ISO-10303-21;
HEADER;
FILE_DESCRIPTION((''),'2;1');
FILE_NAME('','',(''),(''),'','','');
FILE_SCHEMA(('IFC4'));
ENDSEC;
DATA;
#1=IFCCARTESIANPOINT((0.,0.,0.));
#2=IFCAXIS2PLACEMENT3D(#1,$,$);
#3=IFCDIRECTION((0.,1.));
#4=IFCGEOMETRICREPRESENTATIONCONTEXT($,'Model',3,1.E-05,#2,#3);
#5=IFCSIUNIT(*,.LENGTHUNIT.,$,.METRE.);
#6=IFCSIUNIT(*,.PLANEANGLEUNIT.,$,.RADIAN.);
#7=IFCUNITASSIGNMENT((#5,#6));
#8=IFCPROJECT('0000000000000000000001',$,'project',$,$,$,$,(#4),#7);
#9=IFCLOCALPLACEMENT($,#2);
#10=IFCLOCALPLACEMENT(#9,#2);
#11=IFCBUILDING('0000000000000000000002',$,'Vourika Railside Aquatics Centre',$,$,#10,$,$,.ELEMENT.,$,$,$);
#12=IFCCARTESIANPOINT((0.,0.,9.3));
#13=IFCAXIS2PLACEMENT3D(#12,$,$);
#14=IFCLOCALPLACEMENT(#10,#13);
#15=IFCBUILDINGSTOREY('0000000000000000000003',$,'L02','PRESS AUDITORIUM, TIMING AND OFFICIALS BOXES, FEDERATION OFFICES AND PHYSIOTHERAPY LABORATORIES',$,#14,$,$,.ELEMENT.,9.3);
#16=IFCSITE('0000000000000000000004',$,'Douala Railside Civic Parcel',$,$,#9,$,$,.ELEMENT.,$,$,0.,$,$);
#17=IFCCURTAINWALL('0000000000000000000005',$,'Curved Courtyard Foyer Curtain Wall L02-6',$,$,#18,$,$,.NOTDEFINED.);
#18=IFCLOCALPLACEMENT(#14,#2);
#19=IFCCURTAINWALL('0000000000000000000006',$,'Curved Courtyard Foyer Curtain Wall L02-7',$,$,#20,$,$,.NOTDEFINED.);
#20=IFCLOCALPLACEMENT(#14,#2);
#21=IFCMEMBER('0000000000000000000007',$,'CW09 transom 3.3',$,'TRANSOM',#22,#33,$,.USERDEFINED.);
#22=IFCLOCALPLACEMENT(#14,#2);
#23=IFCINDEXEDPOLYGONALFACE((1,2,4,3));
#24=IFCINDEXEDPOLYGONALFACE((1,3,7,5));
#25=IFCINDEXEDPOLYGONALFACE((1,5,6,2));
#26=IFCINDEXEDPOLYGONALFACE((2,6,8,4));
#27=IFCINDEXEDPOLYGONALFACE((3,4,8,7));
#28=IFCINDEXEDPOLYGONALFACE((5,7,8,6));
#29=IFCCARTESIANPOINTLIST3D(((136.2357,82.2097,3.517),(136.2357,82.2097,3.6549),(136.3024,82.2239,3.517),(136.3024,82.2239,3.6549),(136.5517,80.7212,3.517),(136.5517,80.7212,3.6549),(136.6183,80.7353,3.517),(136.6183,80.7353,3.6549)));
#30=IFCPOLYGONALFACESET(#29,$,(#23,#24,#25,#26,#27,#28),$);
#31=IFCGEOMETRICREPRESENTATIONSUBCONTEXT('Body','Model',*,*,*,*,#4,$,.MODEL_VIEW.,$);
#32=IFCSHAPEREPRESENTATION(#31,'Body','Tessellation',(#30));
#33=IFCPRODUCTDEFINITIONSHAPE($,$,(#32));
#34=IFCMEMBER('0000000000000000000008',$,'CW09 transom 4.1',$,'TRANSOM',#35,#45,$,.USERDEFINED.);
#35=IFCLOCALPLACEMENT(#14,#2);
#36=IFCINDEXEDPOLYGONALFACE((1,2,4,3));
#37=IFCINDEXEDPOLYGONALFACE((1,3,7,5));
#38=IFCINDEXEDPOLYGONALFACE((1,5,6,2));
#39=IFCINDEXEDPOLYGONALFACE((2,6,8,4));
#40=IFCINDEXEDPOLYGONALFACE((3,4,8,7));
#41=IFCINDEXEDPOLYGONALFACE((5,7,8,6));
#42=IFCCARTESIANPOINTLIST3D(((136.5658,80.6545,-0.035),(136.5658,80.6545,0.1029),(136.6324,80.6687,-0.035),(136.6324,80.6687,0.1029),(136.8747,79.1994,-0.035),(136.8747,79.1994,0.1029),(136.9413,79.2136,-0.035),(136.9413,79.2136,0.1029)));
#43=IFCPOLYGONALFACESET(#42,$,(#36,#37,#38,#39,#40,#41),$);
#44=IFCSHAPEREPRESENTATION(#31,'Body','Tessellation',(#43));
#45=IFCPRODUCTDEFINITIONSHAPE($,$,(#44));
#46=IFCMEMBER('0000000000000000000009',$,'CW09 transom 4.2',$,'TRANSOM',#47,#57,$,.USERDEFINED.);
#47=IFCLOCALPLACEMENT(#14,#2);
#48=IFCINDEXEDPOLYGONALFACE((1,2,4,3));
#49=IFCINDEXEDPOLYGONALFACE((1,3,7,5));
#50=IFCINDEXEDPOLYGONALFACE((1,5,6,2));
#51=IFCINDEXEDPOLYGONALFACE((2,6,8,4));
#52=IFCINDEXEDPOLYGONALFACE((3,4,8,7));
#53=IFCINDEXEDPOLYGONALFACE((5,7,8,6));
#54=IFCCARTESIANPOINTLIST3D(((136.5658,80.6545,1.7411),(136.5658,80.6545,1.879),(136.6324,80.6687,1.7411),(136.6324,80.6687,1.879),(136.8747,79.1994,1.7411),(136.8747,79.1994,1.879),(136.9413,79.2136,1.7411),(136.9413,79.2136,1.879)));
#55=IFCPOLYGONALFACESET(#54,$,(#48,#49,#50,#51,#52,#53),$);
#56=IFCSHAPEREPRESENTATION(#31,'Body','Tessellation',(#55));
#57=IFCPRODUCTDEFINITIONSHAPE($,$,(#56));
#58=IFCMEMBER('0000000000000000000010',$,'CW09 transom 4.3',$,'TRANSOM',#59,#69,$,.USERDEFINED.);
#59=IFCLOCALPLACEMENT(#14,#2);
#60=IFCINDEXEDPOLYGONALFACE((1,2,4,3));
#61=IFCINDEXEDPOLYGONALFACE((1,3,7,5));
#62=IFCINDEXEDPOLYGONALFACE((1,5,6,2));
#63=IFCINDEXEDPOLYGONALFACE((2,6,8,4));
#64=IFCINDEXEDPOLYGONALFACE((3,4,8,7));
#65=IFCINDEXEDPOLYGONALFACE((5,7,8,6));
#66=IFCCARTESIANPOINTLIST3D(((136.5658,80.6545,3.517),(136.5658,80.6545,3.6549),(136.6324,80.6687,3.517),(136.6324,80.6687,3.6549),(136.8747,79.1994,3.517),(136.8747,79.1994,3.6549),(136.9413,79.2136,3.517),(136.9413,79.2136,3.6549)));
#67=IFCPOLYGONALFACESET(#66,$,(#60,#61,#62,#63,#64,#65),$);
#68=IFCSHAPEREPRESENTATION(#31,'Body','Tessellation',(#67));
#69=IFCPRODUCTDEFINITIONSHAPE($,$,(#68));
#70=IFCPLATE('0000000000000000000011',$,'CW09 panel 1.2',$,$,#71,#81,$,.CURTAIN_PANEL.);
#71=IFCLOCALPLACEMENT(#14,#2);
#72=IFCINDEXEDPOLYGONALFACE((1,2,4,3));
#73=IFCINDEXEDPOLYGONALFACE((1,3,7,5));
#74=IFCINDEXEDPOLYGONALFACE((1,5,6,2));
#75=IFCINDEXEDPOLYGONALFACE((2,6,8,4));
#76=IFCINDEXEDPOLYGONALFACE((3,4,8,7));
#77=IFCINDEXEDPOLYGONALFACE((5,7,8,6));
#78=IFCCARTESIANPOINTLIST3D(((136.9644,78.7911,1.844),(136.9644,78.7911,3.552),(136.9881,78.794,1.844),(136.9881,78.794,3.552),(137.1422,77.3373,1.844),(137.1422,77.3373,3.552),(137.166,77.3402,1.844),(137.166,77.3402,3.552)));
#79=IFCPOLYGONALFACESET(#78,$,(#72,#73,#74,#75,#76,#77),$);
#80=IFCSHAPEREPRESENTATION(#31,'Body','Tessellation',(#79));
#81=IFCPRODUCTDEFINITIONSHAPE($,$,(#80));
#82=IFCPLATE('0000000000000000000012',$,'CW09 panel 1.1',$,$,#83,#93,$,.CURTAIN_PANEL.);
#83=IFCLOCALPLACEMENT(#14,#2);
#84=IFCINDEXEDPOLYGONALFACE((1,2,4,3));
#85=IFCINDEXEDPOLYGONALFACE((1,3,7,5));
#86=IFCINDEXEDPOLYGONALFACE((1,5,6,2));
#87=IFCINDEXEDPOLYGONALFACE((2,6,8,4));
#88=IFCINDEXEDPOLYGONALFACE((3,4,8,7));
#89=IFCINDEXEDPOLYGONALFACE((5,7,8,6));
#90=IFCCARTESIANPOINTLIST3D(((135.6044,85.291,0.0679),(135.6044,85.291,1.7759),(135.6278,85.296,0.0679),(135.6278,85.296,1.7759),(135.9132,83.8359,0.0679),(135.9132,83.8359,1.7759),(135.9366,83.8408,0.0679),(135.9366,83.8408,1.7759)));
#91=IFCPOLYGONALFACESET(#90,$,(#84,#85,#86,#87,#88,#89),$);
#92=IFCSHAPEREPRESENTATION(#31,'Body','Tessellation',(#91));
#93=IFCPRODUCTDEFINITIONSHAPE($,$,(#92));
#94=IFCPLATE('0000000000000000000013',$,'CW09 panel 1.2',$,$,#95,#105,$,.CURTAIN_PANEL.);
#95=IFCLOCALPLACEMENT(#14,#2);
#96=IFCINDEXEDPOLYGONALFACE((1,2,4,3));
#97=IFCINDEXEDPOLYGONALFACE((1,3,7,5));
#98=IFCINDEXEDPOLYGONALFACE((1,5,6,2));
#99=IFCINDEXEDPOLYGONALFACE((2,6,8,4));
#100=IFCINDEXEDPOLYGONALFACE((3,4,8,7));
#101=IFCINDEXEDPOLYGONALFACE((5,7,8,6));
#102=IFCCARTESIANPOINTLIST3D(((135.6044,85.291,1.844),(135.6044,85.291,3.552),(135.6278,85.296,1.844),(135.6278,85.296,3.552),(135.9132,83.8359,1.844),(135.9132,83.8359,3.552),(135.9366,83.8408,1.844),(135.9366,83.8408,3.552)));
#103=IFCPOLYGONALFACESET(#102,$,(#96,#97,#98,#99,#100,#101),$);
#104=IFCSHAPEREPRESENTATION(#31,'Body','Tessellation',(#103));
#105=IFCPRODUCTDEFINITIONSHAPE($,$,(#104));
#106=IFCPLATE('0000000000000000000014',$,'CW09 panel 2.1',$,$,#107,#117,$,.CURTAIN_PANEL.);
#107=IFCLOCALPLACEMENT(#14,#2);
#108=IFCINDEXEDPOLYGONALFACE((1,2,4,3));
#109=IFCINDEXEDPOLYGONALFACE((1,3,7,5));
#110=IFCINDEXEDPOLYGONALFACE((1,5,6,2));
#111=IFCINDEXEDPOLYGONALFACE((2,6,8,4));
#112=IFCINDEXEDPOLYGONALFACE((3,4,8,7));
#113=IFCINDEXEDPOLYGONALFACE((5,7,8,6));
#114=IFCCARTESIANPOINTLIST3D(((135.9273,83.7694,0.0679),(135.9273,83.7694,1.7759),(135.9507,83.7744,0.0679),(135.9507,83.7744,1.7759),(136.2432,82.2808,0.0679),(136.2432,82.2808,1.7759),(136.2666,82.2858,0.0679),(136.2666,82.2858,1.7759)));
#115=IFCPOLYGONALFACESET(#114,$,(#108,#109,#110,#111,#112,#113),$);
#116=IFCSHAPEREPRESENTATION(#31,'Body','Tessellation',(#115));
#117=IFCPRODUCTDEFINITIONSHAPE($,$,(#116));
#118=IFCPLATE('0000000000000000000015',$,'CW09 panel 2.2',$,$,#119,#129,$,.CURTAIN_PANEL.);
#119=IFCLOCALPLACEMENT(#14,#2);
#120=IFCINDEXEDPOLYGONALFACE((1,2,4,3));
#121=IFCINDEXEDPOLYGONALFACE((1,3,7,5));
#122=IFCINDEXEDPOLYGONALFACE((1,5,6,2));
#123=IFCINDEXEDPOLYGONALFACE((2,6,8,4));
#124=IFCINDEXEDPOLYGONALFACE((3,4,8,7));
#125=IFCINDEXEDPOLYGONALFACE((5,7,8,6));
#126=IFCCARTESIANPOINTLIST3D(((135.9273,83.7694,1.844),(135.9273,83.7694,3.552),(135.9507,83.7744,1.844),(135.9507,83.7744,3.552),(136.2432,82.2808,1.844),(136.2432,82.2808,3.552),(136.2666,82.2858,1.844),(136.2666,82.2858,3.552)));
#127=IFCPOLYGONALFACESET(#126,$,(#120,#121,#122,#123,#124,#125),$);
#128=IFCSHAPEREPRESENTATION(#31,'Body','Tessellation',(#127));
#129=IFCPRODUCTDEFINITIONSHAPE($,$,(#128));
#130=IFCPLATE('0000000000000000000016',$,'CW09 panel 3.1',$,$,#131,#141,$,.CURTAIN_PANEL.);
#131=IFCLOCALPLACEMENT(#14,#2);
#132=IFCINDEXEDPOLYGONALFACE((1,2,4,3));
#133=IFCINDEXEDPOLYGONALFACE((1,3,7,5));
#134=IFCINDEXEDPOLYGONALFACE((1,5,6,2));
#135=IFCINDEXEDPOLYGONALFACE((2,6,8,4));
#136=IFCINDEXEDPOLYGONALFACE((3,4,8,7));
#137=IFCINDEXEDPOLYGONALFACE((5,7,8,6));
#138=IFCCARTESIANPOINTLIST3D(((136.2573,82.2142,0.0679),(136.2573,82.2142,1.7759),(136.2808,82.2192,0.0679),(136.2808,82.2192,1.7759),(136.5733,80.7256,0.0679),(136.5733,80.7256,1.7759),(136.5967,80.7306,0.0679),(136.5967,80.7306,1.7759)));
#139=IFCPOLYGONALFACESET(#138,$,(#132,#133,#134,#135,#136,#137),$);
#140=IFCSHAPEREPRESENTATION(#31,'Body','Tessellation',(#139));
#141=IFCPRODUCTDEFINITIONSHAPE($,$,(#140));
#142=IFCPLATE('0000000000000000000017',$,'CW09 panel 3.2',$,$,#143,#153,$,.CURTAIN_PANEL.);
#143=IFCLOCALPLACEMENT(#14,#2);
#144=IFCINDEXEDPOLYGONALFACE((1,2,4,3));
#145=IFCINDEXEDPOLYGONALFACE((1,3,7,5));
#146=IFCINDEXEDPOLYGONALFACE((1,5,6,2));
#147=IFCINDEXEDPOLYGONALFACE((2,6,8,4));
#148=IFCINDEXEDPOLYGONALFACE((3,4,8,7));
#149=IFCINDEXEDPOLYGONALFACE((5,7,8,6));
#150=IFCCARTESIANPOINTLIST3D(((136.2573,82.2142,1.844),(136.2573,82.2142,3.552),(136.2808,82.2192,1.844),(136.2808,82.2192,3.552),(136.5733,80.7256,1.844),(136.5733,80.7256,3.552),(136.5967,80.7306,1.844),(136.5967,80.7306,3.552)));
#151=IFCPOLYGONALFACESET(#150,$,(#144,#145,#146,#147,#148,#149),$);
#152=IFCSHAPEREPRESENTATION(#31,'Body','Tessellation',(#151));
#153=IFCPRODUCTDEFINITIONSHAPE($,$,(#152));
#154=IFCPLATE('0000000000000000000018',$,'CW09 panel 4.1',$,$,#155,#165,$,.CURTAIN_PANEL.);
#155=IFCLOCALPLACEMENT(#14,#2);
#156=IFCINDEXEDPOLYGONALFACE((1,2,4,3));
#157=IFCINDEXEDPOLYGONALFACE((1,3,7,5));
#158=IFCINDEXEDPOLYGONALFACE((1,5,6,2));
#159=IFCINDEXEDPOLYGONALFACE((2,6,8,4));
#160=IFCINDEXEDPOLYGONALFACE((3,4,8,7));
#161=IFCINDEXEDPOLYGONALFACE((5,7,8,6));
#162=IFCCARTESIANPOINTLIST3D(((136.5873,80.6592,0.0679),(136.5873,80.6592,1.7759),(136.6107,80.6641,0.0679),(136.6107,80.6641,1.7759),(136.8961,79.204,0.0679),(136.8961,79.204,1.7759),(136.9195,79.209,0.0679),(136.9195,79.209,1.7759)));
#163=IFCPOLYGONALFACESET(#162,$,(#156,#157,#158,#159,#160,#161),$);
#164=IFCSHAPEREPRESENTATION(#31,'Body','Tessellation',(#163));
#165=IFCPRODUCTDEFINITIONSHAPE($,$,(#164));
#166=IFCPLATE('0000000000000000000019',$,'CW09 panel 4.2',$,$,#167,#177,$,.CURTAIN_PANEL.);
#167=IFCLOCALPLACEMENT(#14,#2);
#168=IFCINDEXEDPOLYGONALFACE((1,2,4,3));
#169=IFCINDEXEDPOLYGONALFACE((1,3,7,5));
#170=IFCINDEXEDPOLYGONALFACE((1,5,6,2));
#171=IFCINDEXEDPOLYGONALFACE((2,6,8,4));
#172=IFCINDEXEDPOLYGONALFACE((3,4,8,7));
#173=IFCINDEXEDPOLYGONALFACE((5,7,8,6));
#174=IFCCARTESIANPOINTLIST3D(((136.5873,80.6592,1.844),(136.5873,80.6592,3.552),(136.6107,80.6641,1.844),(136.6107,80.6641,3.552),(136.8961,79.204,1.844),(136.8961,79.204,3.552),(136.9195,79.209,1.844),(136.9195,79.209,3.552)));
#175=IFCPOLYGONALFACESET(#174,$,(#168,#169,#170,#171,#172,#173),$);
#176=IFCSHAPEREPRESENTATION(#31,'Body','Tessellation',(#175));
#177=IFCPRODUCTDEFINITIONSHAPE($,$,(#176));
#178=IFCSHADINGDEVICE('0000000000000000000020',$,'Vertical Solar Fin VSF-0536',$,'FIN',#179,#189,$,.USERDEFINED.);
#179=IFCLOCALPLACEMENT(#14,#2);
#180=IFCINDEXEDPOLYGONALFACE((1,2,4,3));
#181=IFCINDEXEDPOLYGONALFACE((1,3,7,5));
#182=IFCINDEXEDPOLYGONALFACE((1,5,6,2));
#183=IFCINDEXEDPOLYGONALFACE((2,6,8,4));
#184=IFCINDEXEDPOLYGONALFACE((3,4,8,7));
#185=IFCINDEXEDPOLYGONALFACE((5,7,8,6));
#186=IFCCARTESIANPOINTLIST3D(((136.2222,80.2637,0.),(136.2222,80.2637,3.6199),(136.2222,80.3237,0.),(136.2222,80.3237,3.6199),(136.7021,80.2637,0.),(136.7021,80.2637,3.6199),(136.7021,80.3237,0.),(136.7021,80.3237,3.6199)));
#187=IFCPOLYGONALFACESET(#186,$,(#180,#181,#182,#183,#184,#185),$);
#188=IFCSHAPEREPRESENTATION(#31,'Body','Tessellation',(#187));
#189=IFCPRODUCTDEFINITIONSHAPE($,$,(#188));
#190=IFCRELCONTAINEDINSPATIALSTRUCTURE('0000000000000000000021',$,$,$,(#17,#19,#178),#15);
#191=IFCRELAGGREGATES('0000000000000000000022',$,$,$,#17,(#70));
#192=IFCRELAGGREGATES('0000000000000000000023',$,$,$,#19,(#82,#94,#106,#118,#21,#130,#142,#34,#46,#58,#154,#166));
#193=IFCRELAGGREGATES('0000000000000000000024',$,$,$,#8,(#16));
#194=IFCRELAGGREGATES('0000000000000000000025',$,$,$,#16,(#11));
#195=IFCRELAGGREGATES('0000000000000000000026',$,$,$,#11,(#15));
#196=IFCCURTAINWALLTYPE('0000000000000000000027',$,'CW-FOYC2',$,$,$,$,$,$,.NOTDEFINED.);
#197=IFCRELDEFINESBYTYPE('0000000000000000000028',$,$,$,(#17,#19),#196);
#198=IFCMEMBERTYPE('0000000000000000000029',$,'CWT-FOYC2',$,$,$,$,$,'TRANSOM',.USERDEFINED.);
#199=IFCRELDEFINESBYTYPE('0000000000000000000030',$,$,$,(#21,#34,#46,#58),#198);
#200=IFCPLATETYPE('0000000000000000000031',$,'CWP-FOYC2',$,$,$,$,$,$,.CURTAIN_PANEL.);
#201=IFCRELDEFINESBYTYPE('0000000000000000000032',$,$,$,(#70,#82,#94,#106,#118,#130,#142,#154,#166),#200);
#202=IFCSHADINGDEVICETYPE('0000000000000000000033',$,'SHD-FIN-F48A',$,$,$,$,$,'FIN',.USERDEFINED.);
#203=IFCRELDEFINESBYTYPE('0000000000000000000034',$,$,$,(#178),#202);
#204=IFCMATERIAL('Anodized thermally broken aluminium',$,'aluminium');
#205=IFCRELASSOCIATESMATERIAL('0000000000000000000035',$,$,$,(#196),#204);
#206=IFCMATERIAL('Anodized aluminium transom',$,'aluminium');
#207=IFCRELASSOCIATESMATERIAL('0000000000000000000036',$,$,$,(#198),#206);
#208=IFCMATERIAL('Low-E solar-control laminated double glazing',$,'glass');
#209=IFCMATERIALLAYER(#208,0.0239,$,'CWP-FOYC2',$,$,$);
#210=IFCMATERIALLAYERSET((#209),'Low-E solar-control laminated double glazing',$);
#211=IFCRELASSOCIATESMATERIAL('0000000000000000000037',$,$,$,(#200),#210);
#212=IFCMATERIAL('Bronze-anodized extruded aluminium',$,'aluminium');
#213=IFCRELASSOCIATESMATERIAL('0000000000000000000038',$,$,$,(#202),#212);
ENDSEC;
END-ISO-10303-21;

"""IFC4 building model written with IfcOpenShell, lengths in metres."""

from ifc_helpers import new_model, si_unit, direction, frame, origin, origin_2d, place, context, subcontext, project, spatial, rectangle, extrude, material, layer, layer_set, material_profile, profile_set, type_object, element, aggregate, save


model = new_model("IFC4")

# Units and contexts
model_context = context("Model", 3, precision=1e-05, world=origin(), true_north=direction((0.0, 1.0)))
body_context = subcontext(model_context, "Body", "Model", "MODEL_VIEW")
ifc_project = project(units=[si_unit("LENGTHUNIT", "METRE"), si_unit("PLANEANGLEUNIT", "RADIAN")], contexts=[model_context])

# Site, building, storey
site_placement = place(None, origin())
site = spatial("IfcSite", under=ifc_project, at=site_placement, Name="Douala Railside Civic Parcel", CompositionType="ELEMENT", RefElevation=0.0)
building_placement = place(site_placement, origin())
building = spatial("IfcBuilding", under=site, at=building_placement, Name="Vourika Railside Aquatics Centre", CompositionType="ELEMENT")
storey_placement = place(building_placement, frame((0.0, 0.0, 9.3)))
storey = spatial("IfcBuildingStorey", under=building, at=storey_placement, Name="L02", Description="PRESS AUDITORIUM, TIMING AND OFFICIALS BOXES, FEDERATION OFFICES AND PHYSIOTHERAPY LABORATORIES", CompositionType="ELEMENT", Elevation=9.3)

# Curtain wall
ifc_material_1 = material(Name="Anodized thermally broken aluminium", Category="aluminium")
curtain_wall_type = type_object("IfcCurtainWallType", Name="CW-FOYC2", PredefinedType="NOTDEFINED", material=ifc_material_1)
curtain_wall_1_placement = place(storey_placement, origin())
curtain_wall_1 = element("IfcCurtainWall", 1, at=curtain_wall_1_placement, inside=storey, type_object=curtain_wall_type, Name="Curved Courtyard Foyer Curtain Wall L02-6", PredefinedType="NOTDEFINED")

# Curtain wall
curtain_wall_2_placement = place(storey_placement, origin())
curtain_wall_2 = element("IfcCurtainWall", 2, at=curtain_wall_2_placement, inside=storey, type_object=curtain_wall_type, Name="Curved Courtyard Foyer Curtain Wall L02-7", PredefinedType="NOTDEFINED")

# Members
ifc_material_2 = material(Name="Anodized aluminium transom", Category="aluminium")
ifc_material_profile_1 = material_profile(ifc_material_2, rectangle(XDim=0.0681, YDim=0.1379, at=origin_2d()), Name="ALU-T 68x138")
ifc_profile_set_1 = profile_set([ifc_material_profile_1], Name="Anodized aluminium transom")
member_type_1 = type_object("IfcMemberType", Name="CWT-FOYC2", ElementType="TRANSOM", PredefinedType="USERDEFINED", material=ifc_profile_set_1)
member_1_placement = place(storey_placement, frame((136.269, 82.2168, 3.5859), z_axis=(0.207611, -0.978211, 0.0), x_axis=(0.978211, 0.207611, 0.0)))
member_1 = element("IfcMember", 3, at=member_1_placement, type_object=member_type_1, Name="CW09 transom 3.3", ObjectType="TRANSOM", PredefinedType="USERDEFINED", context=body_context, shape_type="SweptSolid", body=[
    extrude(rectangle(XDim=0.0681, YDim=0.1379, at=origin_2d()), origin(), (0.0, 0.0, 1.0), 1.5217),
])
member_2_placement = place(storey_placement, frame((136.5991, 80.6616, 0.0339), z_axis=(0.207623, -0.978209, 0.0), x_axis=(0.978209, 0.207623, 0.0)))
member_2 = element("IfcMember", 4, at=member_2_placement, type_object=member_type_1, Name="CW09 transom 4.1", ObjectType="TRANSOM", PredefinedType="USERDEFINED", context=body_context, shape_type="SweptSolid", body=[
    extrude(rectangle(XDim=0.0681, YDim=0.1379, at=origin_2d()), origin(), (0.0, 0.0, 1.0), 1.4875),
])
member_3_placement = place(storey_placement, frame((136.5991, 80.6616, 1.8101), z_axis=(0.207623, -0.978209, 0.0), x_axis=(0.978209, 0.207623, 0.0)))
member_3 = element("IfcMember", 5, at=member_3_placement, type_object=member_type_1, Name="CW09 transom 4.2", ObjectType="TRANSOM", PredefinedType="USERDEFINED", context=body_context, shape_type="SweptSolid", body=[
    extrude(rectangle(XDim=0.0681, YDim=0.1379, at=origin_2d()), origin(), (0.0, 0.0, 1.0), 1.4875),
])
member_4_placement = place(storey_placement, frame((136.5991, 80.6616, 3.5859), z_axis=(0.207623, -0.978209, 0.0), x_axis=(0.978209, 0.207623, 0.0)))
member_4 = element("IfcMember", 6, at=member_4_placement, type_object=member_type_1, Name="CW09 transom 4.3", ObjectType="TRANSOM", PredefinedType="USERDEFINED", context=body_context, shape_type="SweptSolid", body=[
    extrude(rectangle(XDim=0.0681, YDim=0.1379, at=origin_2d()), origin(), (0.0, 0.0, 1.0), 1.4875),
])

# Plates
ifc_material_3 = material(Name="Low-E solar-control laminated double glazing", Category="glass")
ifc_layer = layer(ifc_material_3, 0.0239, Name="CWP-FOYC2")
ifc_layer_set = layer_set([ifc_layer], Name="Low-E solar-control laminated double glazing")
plate_type = type_object("IfcPlateType", Name="CWP-FOYC2", PredefinedType="CURTAIN_PANEL", material=ifc_layer_set)
plate_1_placement = place(storey_placement, frame((137.0652, 78.0657, 1.844), z_axis=(0.0, 0.0, 1.0), x_axis=(0.121442, -0.992599, 0.0)))
plate_1 = element("IfcPlate", 7, at=plate_1_placement, type_object=plate_type, Name="CW09 panel 1.2", PredefinedType="CURTAIN_PANEL", context=body_context, shape_type="SweptSolid", body=[
    extrude(rectangle(XDim=1.4646, YDim=0.0239, at=origin_2d()), origin(), (0.0, 0.0, 1.0), 1.708),
])
aggregate(curtain_wall_1, [plate_1])
plate_2_placement = place(storey_placement, frame((135.7705, 84.5659, 0.0679), z_axis=(0.0, 0.0, 1.0), x_axis=(0.207595, -0.978215, 0.0)))
plate_2 = element("IfcPlate", 8, at=plate_2_placement, type_object=plate_type, Name="CW09 panel 1.1", PredefinedType="CURTAIN_PANEL", context=body_context, shape_type="SweptSolid", body=[
    extrude(rectangle(XDim=1.4875, YDim=0.0239, at=origin_2d()), origin(), (0.0, 0.0, 1.0), 1.708),
])
plate_3_placement = place(storey_placement, frame((135.7705, 84.5659, 1.844), z_axis=(0.0, 0.0, 1.0), x_axis=(0.207595, -0.978215, 0.0)))
plate_3 = element("IfcPlate", 9, at=plate_3_placement, type_object=plate_type, Name="CW09 panel 1.2", PredefinedType="CURTAIN_PANEL", context=body_context, shape_type="SweptSolid", body=[
    extrude(rectangle(XDim=1.4875, YDim=0.0239, at=origin_2d()), origin(), (0.0, 0.0, 1.0), 1.708),
])
plate_4_placement = place(storey_placement, frame((136.0969, 83.0276, 0.0679), z_axis=(0.0, 0.0, 1.0), x_axis=(0.207595, -0.978215, 0.0)))
plate_4 = element("IfcPlate", 10, at=plate_4_placement, type_object=plate_type, Name="CW09 panel 2.1", PredefinedType="CURTAIN_PANEL", context=body_context, shape_type="SweptSolid", body=[
    extrude(rectangle(XDim=1.5217, YDim=0.0239, at=origin_2d()), origin(), (0.0, 0.0, 1.0), 1.708),
])
plate_5_placement = place(storey_placement, frame((136.0969, 83.0276, 1.844), z_axis=(0.0, 0.0, 1.0), x_axis=(0.207595, -0.978215, 0.0)))
plate_5 = element("IfcPlate", 11, at=plate_5_placement, type_object=plate_type, Name="CW09 panel 2.2", PredefinedType="CURTAIN_PANEL", context=body_context, shape_type="SweptSolid", body=[
    extrude(rectangle(XDim=1.5217, YDim=0.0239, at=origin_2d()), origin(), (0.0, 0.0, 1.0), 1.708),
])
plate_6_placement = place(storey_placement, frame((136.427, 81.4724, 0.0679), z_axis=(0.0, 0.0, 1.0), x_axis=(0.207595, -0.978215, 0.0)))
plate_6 = element("IfcPlate", 12, at=plate_6_placement, type_object=plate_type, Name="CW09 panel 3.1", PredefinedType="CURTAIN_PANEL", context=body_context, shape_type="SweptSolid", body=[
    extrude(rectangle(XDim=1.5217, YDim=0.0239, at=origin_2d()), origin(), (0.0, 0.0, 1.0), 1.708),
])
plate_7_placement = place(storey_placement, frame((136.427, 81.4724, 1.844), z_axis=(0.0, 0.0, 1.0), x_axis=(0.207595, -0.978215, 0.0)))
plate_7 = element("IfcPlate", 13, at=plate_7_placement, type_object=plate_type, Name="CW09 panel 3.2", PredefinedType="CURTAIN_PANEL", context=body_context, shape_type="SweptSolid", body=[
    extrude(rectangle(XDim=1.5217, YDim=0.0239, at=origin_2d()), origin(), (0.0, 0.0, 1.0), 1.708),
])
plate_8_placement = place(storey_placement, frame((136.7534, 79.9341, 0.0679), z_axis=(0.0, 0.0, 1.0), x_axis=(0.207595, -0.978215, 0.0)))
plate_8 = element("IfcPlate", 14, at=plate_8_placement, type_object=plate_type, Name="CW09 panel 4.1", PredefinedType="CURTAIN_PANEL", context=body_context, shape_type="SweptSolid", body=[
    extrude(rectangle(XDim=1.4875, YDim=0.0239, at=origin_2d()), origin(), (0.0, 0.0, 1.0), 1.708),
])
plate_9_placement = place(storey_placement, frame((136.7534, 79.9341, 1.844), z_axis=(0.0, 0.0, 1.0), x_axis=(0.207595, -0.978215, 0.0)))
plate_9 = element("IfcPlate", 15, at=plate_9_placement, type_object=plate_type, Name="CW09 panel 4.2", PredefinedType="CURTAIN_PANEL", context=body_context, shape_type="SweptSolid", body=[
    extrude(rectangle(XDim=1.4875, YDim=0.0239, at=origin_2d()), origin(), (0.0, 0.0, 1.0), 1.708),
])
aggregate(curtain_wall_2, [plate_2, plate_3, plate_4, plate_5, member_1, plate_6, plate_7, member_2, member_3, member_4, plate_8, plate_9])

# Shading device
ifc_material_4 = material(Name="Bronze-anodized extruded aluminium", Category="aluminium")
ifc_material_profile_2 = material_profile(ifc_material_4, rectangle(XDim=0.0601, YDim=0.48, at=origin_2d()), Name="ALU-FIN 60x480")
ifc_profile_set_2 = profile_set([ifc_material_profile_2], Name="Bronze-anodized extruded aluminium")
shading_device_type = type_object("IfcShadingDeviceType", Name="SHD-FIN-F48A", ElementType="FIN", PredefinedType="USERDEFINED", material=ifc_profile_set_2)
for number, where, z_axis, x_axis, name in (
    (16, (136.4622, 80.2937, 0.0), (0.0, 0.0, 1.0), (0.0, 1.0, 0.0), "Vertical Solar Fin VSF-0536"),
):
    element("IfcShadingDevice", number, at=place(storey_placement, frame(where, z_axis=z_axis, x_axis=x_axis)), inside=storey, type_object=shading_device_type, Name=name, ObjectType="FIN", PredefinedType="USERDEFINED", context=body_context, shape_type="SweptSolid", body=[
        extrude(rectangle(XDim=0.0601, YDim=0.48, at=origin_2d()), origin(), (0.0, 0.0, 1.0), 3.6199),
    ])

save(model, "model.ifc")
